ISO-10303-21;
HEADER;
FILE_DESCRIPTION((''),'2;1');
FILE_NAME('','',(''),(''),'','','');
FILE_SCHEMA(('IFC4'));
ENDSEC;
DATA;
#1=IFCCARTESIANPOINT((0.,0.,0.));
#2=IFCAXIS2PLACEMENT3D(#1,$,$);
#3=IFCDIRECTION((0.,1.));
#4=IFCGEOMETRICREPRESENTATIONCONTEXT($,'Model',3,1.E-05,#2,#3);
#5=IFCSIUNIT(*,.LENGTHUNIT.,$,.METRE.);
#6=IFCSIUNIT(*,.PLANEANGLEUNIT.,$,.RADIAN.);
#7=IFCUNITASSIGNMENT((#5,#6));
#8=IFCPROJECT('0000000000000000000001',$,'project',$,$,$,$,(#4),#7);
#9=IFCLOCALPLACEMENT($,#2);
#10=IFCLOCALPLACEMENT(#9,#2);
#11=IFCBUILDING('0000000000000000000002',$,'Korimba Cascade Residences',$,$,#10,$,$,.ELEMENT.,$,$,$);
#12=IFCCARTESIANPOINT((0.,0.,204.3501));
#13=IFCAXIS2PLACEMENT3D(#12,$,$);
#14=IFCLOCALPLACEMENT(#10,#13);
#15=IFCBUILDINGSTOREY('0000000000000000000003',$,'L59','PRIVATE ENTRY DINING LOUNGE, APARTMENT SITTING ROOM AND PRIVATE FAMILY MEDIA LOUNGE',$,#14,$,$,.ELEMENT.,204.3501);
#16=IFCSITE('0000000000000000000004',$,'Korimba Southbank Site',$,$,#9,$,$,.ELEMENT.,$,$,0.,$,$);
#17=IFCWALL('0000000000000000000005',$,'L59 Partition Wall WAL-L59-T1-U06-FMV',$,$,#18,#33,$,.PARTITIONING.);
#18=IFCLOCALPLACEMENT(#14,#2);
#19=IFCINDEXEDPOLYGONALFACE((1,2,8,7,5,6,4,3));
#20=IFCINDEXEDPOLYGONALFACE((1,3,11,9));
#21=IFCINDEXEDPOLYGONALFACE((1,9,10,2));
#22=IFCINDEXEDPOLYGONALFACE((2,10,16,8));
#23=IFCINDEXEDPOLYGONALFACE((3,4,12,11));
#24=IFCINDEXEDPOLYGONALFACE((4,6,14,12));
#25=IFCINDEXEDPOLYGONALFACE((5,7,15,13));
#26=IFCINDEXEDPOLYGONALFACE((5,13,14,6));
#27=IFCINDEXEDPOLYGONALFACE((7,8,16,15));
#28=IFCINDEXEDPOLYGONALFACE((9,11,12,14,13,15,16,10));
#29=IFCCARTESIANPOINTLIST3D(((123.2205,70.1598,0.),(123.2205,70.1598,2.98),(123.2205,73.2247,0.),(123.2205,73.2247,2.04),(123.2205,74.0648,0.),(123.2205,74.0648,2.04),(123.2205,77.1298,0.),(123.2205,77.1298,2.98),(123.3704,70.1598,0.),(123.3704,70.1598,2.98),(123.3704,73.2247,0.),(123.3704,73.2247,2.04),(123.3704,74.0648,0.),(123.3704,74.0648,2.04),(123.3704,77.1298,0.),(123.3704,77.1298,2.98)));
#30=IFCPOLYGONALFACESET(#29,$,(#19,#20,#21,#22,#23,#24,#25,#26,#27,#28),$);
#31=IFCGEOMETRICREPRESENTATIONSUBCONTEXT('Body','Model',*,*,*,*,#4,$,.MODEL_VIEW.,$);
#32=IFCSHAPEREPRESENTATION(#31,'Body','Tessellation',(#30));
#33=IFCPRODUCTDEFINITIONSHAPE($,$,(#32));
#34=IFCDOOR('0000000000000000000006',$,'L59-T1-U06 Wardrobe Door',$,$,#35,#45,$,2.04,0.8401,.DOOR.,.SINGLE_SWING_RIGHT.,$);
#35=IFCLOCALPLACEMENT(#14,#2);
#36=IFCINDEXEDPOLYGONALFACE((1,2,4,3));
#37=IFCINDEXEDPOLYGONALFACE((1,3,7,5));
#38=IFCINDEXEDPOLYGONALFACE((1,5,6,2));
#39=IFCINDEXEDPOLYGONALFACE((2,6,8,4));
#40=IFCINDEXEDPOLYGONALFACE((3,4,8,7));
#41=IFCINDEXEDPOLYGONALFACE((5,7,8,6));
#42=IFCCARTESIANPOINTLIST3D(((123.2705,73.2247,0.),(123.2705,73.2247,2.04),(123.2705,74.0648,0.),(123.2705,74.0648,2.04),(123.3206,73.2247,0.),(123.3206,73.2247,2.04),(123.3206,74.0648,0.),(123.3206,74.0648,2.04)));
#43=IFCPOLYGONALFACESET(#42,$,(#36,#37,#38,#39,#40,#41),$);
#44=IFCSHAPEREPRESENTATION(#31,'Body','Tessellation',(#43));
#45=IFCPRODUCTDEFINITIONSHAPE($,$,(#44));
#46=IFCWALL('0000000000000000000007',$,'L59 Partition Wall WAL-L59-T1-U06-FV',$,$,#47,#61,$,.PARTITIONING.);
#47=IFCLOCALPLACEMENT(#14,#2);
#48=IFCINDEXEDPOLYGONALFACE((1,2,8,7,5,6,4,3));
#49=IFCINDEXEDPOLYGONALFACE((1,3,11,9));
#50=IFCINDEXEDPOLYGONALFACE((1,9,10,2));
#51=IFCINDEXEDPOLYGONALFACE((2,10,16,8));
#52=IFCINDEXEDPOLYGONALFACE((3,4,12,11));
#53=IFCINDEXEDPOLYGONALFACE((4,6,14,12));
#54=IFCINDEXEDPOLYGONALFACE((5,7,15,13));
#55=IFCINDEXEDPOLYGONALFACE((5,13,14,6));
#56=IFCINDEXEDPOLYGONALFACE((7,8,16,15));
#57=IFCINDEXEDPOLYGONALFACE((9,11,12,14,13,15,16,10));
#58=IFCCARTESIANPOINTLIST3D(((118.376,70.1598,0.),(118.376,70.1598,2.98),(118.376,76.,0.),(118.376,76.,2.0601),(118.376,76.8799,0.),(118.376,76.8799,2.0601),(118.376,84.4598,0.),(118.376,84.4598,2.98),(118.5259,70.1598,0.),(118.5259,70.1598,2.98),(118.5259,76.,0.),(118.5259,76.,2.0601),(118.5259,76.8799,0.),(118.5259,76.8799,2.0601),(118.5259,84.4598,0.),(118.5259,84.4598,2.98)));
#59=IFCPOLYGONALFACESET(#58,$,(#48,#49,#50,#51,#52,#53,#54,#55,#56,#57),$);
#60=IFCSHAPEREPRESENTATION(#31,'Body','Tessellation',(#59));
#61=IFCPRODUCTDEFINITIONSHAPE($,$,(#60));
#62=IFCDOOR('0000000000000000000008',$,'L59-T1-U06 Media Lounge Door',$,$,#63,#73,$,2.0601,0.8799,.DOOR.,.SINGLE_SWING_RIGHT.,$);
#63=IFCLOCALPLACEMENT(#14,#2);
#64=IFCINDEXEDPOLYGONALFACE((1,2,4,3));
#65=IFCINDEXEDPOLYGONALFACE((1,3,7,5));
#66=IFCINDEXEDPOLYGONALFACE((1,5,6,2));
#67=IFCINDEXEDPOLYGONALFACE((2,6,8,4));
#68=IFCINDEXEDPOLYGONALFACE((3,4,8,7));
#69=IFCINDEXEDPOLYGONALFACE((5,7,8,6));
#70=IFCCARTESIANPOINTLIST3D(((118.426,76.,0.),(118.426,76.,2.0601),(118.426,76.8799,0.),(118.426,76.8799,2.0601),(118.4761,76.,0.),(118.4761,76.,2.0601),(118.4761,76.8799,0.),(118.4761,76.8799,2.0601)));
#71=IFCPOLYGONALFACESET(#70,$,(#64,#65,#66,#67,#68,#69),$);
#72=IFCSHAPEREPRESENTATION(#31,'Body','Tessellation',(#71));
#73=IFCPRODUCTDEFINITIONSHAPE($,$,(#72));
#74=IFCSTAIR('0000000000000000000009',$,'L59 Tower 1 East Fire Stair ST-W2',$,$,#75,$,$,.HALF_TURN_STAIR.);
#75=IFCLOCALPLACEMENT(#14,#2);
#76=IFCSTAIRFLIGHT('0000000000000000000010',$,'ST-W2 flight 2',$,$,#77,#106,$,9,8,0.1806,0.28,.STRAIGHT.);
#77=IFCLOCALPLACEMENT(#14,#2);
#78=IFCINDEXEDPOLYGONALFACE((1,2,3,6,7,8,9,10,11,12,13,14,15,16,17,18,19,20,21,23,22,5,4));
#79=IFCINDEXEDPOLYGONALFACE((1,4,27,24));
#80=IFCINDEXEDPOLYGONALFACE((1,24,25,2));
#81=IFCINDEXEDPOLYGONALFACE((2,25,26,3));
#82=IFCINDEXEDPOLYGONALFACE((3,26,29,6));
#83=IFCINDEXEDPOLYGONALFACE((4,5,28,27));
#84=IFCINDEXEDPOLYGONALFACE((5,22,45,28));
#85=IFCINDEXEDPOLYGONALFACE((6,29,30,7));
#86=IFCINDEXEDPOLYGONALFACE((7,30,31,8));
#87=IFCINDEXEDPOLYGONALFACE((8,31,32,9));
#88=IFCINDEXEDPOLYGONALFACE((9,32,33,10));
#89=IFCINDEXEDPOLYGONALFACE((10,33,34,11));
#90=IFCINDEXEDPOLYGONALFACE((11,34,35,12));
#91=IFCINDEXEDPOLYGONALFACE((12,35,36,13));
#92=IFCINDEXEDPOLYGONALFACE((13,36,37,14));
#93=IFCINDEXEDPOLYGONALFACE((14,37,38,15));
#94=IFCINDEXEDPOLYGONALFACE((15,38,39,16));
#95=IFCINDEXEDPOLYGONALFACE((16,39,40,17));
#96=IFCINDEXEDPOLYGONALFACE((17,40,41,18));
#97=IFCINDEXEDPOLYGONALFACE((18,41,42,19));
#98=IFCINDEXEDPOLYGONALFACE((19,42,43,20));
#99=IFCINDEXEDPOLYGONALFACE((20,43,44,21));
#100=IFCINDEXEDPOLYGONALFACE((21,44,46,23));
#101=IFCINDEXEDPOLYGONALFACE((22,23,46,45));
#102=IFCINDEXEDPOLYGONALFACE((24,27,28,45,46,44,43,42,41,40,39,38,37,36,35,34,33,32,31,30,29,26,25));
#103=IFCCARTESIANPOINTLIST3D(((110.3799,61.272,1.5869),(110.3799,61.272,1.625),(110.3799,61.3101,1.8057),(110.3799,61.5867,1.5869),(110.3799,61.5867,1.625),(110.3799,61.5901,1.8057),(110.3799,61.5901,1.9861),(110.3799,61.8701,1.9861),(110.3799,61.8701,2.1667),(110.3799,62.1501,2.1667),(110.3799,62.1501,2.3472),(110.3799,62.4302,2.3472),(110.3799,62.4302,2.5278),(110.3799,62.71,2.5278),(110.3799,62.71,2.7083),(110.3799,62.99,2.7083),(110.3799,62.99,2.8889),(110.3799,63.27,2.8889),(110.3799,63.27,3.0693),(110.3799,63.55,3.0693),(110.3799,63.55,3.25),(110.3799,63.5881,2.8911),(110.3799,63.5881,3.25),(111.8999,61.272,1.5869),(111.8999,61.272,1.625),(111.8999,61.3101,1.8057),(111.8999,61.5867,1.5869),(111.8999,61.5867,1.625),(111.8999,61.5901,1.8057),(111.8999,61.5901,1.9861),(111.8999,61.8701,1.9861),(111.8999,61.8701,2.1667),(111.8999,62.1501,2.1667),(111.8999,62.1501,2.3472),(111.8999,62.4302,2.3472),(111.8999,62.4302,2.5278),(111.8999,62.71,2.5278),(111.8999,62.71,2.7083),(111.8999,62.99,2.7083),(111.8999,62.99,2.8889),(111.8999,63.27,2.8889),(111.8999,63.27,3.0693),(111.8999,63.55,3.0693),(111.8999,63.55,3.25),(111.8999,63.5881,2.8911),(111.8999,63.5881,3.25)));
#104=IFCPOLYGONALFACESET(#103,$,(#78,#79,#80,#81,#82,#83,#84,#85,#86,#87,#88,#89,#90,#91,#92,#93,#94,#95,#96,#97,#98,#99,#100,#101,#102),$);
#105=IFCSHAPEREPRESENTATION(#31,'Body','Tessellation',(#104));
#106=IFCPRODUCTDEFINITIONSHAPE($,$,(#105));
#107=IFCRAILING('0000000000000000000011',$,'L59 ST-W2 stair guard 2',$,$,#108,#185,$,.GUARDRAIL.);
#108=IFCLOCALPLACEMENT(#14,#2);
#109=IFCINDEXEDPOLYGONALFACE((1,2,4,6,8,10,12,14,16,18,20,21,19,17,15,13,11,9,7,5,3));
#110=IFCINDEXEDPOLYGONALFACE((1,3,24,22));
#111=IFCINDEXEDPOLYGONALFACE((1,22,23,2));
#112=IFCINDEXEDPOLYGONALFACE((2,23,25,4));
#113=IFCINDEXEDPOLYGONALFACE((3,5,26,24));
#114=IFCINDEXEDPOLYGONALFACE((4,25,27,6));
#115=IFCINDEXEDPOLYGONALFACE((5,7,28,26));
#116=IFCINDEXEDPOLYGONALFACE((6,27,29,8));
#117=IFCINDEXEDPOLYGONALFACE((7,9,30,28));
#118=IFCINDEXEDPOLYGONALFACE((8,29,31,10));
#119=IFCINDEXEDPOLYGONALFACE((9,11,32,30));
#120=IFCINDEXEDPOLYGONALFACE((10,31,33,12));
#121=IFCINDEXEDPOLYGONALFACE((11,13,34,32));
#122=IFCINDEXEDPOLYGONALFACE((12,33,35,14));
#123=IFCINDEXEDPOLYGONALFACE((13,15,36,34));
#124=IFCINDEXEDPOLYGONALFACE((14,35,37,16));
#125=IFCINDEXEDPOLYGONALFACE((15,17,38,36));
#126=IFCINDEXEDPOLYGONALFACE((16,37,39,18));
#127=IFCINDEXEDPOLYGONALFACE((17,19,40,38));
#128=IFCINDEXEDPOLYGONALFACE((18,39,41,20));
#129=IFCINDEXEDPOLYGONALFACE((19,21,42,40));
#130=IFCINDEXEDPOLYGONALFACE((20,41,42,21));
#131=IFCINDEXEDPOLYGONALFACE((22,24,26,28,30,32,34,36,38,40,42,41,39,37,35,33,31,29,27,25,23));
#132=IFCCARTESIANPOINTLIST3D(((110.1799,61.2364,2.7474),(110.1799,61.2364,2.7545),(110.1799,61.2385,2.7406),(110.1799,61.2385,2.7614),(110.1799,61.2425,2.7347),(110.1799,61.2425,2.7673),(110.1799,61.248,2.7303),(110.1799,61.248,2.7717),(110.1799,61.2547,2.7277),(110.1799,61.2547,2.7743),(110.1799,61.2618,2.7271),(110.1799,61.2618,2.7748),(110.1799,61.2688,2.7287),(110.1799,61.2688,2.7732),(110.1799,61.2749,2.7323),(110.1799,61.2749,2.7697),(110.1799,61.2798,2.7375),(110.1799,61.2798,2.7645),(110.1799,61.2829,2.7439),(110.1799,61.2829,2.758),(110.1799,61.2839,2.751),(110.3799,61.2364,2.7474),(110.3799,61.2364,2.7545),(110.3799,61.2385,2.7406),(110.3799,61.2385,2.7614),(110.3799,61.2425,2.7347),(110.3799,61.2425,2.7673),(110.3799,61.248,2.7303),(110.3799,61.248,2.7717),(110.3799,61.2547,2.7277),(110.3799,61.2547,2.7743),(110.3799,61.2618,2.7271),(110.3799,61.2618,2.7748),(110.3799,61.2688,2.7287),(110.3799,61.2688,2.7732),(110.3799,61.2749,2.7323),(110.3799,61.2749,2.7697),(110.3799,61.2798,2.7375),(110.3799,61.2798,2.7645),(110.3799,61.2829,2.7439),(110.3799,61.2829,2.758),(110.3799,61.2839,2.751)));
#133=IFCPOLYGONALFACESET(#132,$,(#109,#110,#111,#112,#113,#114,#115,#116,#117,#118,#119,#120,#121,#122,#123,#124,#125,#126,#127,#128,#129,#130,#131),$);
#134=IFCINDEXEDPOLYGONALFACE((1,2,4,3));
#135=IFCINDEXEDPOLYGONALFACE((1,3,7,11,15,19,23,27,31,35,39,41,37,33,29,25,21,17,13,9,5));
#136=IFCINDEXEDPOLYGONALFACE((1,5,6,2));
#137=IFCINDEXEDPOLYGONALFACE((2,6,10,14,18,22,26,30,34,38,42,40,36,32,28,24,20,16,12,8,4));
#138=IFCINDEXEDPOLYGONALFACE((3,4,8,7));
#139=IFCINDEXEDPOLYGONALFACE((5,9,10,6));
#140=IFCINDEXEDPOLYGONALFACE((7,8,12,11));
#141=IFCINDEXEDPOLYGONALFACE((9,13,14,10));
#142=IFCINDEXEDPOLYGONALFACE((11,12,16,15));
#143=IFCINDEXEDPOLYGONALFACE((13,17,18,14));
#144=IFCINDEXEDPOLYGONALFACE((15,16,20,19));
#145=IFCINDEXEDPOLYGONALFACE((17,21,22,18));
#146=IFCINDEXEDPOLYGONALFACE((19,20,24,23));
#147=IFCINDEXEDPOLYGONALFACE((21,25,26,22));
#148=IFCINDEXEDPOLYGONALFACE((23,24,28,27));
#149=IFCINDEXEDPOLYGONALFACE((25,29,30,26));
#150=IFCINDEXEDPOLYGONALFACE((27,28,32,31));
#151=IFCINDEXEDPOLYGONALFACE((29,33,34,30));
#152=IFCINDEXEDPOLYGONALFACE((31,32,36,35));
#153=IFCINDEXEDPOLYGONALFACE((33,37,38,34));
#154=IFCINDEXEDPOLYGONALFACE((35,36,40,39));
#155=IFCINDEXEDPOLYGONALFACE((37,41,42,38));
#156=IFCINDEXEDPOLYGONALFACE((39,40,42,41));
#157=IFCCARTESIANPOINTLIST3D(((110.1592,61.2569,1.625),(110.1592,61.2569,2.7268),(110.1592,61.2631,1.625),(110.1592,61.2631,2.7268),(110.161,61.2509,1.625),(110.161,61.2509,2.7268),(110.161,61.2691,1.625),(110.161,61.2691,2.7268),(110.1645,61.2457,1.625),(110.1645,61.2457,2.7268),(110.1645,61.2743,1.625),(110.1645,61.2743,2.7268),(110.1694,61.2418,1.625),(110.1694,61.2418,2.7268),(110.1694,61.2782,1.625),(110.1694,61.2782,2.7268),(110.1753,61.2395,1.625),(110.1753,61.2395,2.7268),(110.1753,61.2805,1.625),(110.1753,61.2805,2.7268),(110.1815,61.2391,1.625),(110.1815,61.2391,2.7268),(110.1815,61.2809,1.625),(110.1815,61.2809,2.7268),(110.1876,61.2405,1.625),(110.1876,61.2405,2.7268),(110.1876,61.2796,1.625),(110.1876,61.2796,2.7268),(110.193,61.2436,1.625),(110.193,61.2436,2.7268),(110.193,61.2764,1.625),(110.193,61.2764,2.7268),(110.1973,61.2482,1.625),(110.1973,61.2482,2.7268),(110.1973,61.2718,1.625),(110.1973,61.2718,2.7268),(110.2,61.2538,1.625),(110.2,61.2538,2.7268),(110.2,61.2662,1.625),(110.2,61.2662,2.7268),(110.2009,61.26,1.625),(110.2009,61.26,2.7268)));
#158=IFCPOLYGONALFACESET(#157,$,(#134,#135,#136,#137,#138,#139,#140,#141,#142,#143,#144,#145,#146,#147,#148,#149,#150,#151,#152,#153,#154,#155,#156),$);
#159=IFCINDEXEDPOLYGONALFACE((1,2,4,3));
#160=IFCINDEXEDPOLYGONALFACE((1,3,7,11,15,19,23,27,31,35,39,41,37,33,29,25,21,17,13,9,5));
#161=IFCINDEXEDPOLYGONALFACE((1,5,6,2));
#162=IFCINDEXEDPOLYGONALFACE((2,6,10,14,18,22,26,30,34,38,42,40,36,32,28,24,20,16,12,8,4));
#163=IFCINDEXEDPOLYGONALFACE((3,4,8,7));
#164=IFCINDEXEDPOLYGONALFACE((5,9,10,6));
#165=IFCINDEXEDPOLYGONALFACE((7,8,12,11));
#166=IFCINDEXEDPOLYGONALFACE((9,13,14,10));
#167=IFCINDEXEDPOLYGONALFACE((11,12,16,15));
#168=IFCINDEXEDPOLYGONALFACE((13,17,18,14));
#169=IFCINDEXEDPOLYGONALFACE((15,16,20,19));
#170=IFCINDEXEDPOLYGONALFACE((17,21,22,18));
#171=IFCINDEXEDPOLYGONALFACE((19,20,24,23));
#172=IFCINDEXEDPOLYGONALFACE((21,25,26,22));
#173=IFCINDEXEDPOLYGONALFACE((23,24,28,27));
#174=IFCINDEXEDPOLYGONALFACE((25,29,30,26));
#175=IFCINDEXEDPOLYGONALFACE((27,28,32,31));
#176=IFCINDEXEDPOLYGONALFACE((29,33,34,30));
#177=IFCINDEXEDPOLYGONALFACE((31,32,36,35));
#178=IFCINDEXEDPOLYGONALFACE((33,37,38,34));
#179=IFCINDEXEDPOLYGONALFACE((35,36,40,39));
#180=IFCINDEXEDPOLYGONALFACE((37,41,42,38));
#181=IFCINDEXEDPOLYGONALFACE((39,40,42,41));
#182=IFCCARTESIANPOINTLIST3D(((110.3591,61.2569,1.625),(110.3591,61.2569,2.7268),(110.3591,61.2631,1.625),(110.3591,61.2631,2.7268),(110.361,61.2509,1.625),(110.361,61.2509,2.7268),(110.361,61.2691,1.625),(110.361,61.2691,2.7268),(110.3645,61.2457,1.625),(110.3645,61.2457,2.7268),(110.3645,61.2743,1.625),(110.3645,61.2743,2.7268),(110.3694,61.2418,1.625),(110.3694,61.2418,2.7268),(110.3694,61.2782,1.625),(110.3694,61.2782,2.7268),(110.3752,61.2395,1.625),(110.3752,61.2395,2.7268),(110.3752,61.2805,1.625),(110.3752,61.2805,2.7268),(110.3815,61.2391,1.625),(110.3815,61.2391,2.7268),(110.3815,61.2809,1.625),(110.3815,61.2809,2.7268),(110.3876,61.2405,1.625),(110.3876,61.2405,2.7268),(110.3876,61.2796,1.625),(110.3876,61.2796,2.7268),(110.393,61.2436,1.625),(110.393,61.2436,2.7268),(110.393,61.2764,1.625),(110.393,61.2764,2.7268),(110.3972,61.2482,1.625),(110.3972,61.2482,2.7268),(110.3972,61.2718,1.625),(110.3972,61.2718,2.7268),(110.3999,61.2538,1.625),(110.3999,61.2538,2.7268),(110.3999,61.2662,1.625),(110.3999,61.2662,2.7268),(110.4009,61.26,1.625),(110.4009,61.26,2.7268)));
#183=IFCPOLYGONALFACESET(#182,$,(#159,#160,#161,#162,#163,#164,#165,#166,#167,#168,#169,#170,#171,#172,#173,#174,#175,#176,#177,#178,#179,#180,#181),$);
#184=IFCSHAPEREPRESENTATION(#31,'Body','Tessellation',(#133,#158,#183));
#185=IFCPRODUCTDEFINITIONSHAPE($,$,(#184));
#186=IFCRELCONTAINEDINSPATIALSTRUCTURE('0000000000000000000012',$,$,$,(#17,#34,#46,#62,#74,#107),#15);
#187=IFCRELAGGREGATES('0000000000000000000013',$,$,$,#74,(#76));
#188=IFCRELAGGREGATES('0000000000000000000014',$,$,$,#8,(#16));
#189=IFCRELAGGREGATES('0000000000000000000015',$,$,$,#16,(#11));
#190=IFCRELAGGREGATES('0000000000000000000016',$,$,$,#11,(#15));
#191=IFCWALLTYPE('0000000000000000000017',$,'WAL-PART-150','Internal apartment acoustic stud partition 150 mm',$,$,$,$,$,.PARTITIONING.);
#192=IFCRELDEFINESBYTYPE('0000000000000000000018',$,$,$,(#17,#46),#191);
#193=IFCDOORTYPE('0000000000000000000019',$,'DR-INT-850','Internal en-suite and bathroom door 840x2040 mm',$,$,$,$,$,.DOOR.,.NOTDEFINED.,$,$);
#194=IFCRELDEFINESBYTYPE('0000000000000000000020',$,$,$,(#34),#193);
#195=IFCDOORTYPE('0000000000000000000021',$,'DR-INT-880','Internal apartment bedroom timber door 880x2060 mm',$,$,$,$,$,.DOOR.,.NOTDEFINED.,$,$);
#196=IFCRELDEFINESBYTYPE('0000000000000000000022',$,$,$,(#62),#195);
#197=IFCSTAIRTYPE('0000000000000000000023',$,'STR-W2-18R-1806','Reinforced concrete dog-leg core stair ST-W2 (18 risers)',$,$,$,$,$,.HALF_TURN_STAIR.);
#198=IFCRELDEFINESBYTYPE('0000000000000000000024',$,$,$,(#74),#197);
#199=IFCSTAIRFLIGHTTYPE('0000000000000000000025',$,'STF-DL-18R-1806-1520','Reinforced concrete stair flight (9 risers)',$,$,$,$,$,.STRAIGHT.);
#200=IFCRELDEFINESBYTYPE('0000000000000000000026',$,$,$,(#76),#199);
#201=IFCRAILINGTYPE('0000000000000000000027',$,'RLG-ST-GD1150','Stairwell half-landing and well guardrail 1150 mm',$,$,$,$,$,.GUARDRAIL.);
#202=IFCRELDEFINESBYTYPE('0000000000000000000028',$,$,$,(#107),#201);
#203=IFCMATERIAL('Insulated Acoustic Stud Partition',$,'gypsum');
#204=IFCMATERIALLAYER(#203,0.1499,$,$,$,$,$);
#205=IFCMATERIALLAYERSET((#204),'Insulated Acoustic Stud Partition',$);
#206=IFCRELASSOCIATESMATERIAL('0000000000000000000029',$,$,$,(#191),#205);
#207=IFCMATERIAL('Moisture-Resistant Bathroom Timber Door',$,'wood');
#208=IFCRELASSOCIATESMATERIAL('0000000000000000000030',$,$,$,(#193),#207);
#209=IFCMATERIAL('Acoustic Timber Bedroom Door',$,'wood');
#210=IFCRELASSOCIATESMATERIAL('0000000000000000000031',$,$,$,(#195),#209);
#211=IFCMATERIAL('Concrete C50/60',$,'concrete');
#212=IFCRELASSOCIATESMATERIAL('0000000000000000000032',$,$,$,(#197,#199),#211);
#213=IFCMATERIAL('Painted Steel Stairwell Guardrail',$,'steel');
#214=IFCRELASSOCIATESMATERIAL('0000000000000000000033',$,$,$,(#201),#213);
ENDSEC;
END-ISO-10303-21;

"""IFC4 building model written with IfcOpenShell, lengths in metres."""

from ifc_helpers import new_model, si_unit, direction, frame, frame_2d, origin, origin_2d, place, context, subcontext, project, spatial, polyline, rectangle, circle, outline, extrude, material, layer, layer_set, type_object, element, fill, aggregate, save


model = new_model("IFC4")

# Units and contexts
model_context = context("Model", 3, precision=1e-05, world=origin(), true_north=direction((0.0, 1.0)))
body_context = subcontext(model_context, "Body", "Model", "MODEL_VIEW")
ifc_project = project(units=[si_unit("LENGTHUNIT", "METRE"), si_unit("PLANEANGLEUNIT", "RADIAN")], contexts=[model_context])

# Site, building, storey
site_placement = place(None, origin())
site = spatial("IfcSite", under=ifc_project, at=site_placement, Name="Korimba Southbank Site", CompositionType="ELEMENT", RefElevation=0.0)
building_placement = place(site_placement, origin())
building = spatial("IfcBuilding", under=site, at=building_placement, Name="Korimba Cascade Residences", CompositionType="ELEMENT")
storey_placement = place(building_placement, frame((0.0, 0.0, 204.3501)))
storey = spatial("IfcBuildingStorey", under=building, at=storey_placement, Name="L59", Description="PRIVATE ENTRY DINING LOUNGE, APARTMENT SITTING ROOM AND PRIVATE FAMILY MEDIA LOUNGE", CompositionType="ELEMENT", Elevation=204.3501)

# Shared definitions
ifc_material_1 = material(Name="Insulated Acoustic Stud Partition", Category="gypsum")
ifc_layer_1 = layer(ifc_material_1, 0.1499)
ifc_layer_set_1 = layer_set([ifc_layer_1], Name="Insulated Acoustic Stud Partition")
wall_type_1 = type_object("IfcWallType", Name="WAL-PART-150", Description="Internal apartment acoustic stud partition 150 mm", PredefinedType="PARTITIONING", material=ifc_layer_set_1)
ifc_material_2 = material(Name="Moisture-Resistant Bathroom Timber Door", Category="wood")
door_type_1 = type_object("IfcDoorType", Name="DR-INT-850", Description="Internal en-suite and bathroom door 840x2040 mm", OperationType="NOTDEFINED", PredefinedType="DOOR", material=ifc_material_2)

# Shared definitions
ifc_material_3 = material(Name="Acoustic Timber Bedroom Door", Category="wood")
door_type_2 = type_object("IfcDoorType", Name="DR-INT-880", Description="Internal apartment bedroom timber door 880x2060 mm", OperationType="NOTDEFINED", PredefinedType="DOOR", material=ifc_material_3)

# Walls, openings, doors
wall_1_placement = place(storey_placement, frame((123.2954, 70.1599, 0.0), z_axis=(0.0, 0.0, 1.0), x_axis=(0.0, 1.0, 0.0)))
wall_1 = element("IfcWall", 1, at=wall_1_placement, inside=storey, type_object=wall_type_1, Name="L59 Partition Wall WAL-L59-T1-U06-FMV", PredefinedType="PARTITIONING", context=body_context, shape_type="SweptSolid", body=[
    extrude(rectangle(XDim=6.97, YDim=0.1499, at=frame_2d((3.4849, 0.0))), origin(), (0.0, 0.0, 1.0), 2.98),
])
opening_1_placement = place(wall_1_placement, frame((3.0649, 0.0, 0.0)))
opening_1 = element("IfcOpeningElement", 2, at=opening_1_placement, cuts=wall_1, PredefinedType="OPENING", context=body_context, shape_type="SweptSolid", body=[
    extrude(rectangle(XDim=0.8401, YDim=2.04, at=frame_2d((0.4199, 1.02))), frame((0.0, 0.085, 0.0), z_axis=(0.0, -1.0, 0.0), x_axis=(1.0, 0.0, 0.0)), (0.0, 0.0, 1.0), 0.1699),
])
door_1_placement = place(opening_1_placement, origin())
door_1 = element("IfcDoor", 3, at=door_1_placement, inside=storey, type_object=door_type_1, Name="L59-T1-U06 Wardrobe Door", OperationType="SINGLE_SWING_RIGHT", OverallHeight=2.04, OverallWidth=0.8401, PredefinedType="DOOR", context=body_context, shape_type="SweptSolid", body=[
    extrude(rectangle(XDim=0.8401, YDim=2.04, at=frame_2d((0.4199, 1.02))), frame((0.0, 0.0249, 0.0), z_axis=(0.0, -1.0, 0.0), x_axis=(1.0, 0.0, 0.0)), (0.0, 0.0, 1.0), 0.05),
])
fill(opening_1, door_1)
wall_2_placement = place(storey_placement, frame((118.4509, 70.1599, 0.0), z_axis=(0.0, 0.0, 1.0), x_axis=(0.0, 1.0, 0.0)))
wall_2 = element("IfcWall", 4, at=wall_2_placement, inside=storey, type_object=wall_type_1, Name="L59 Partition Wall WAL-L59-T1-U06-FV", PredefinedType="PARTITIONING", context=body_context, shape_type="SweptSolid", body=[
    extrude(rectangle(XDim=14.3, YDim=0.1499, at=frame_2d((7.1499, 0.0))), origin(), (0.0, 0.0, 1.0), 2.98),
])
opening_2_placement = place(wall_2_placement, frame((5.8401, 0.0, 0.0)))
opening_2 = element("IfcOpeningElement", 5, at=opening_2_placement, cuts=wall_2, PredefinedType="OPENING", context=body_context, shape_type="SweptSolid", body=[
    extrude(rectangle(XDim=0.8799, YDim=2.0601, at=frame_2d((0.4399, 1.03))), frame((0.0, 0.085, 0.0), z_axis=(0.0, -1.0, 0.0), x_axis=(1.0, 0.0, 0.0)), (0.0, 0.0, 1.0), 0.1699),
])
door_2_placement = place(opening_2_placement, origin())
door_2 = element("IfcDoor", 6, at=door_2_placement, inside=storey, type_object=door_type_2, Name="L59-T1-U06 Media Lounge Door", OperationType="SINGLE_SWING_RIGHT", OverallHeight=2.0601, OverallWidth=0.8799, PredefinedType="DOOR", context=body_context, shape_type="SweptSolid", body=[
    extrude(rectangle(XDim=0.8799, YDim=2.0601, at=frame_2d((0.4399, 1.03))), frame((0.0, 0.0249, 0.0), z_axis=(0.0, -1.0, 0.0), x_axis=(1.0, 0.0, 0.0)), (0.0, 0.0, 1.0), 0.05),
])
fill(opening_2, door_2)

# Stair, stair flight
ifc_material_4 = material(Name="Concrete C50/60", Category="concrete")
stair_type = type_object("IfcStairType", Name="STR-W2-18R-1806", Description="Reinforced concrete dog-leg core stair ST-W2 (18 risers)", PredefinedType="HALF_TURN_STAIR", material=ifc_material_4)
stair_placement = place(storey_placement, origin())
stair = element("IfcStair", 7, at=stair_placement, inside=storey, type_object=stair_type, Name="L59 Tower 1 East Fire Stair ST-W2", PredefinedType="HALF_TURN_STAIR")
stair_flight_type = type_object("IfcStairFlightType", Name="STF-DL-18R-1806-1520", Description="Reinforced concrete stair flight (9 risers)", PredefinedType="STRAIGHT", material=ifc_material_4)
stair_flight_placement = place(storey_placement, frame((111.1399, 61.3101, 1.625), z_axis=(0.0, 0.0, 1.0), x_axis=(0.0, 1.0, 0.0)))
stair_flight = element("IfcStairFlight", 8, at=stair_flight_placement, type_object=stair_flight_type, Name="ST-W2 flight 2", NumberOfRisers=9, NumberOfTreads=8, PredefinedType="STRAIGHT", RiserHeight=0.1806, TreadLength=0.28, context=body_context, shape_type="SweptSolid", body=[
    extrude(outline(polyline([(-0.0381, 0.0), (0.0, 0.1807), (0.28, 0.1807), (0.28, 0.3611), (0.5601, 0.3611), (0.5601, 0.5417), (0.8401, 0.5417), (0.8401, 0.7222), (1.1201, 0.7222), (1.1201, 0.9028), (1.3999, 0.9028), (1.3999, 1.0833), (1.6799, 1.0833), (1.6799, 1.2639), (1.96, 1.2639), (1.96, 1.4443), (2.24, 1.4443), (2.24, 1.625), (2.2781, 1.625), (2.2781, 1.2661), (0.2766, 0.0), (0.2766, -0.0381), (-0.0381, -0.0381), (-0.0381, 0.0)])), frame((0.0, 0.76, 0.0), z_axis=(0.0, -1.0, 0.0), x_axis=(1.0, 0.0, 0.0)), (0.0, 0.0, 1.0), 1.52),
])
aggregate(stair, [stair_flight])

# Railing
ifc_material_5 = material(Name="Painted Steel Stairwell Guardrail", Category="steel")
railing_type_1 = type_object("IfcRailingType", Name="RLG-ST-GD1150", Description="Stairwell half-landing and well guardrail 1150 mm", PredefinedType="GUARDRAIL", material=ifc_material_5)
railing_1_placement = place(storey_placement, frame((110.1799, 61.26, 1.625)))
element("IfcRailing", 9, at=railing_1_placement, inside=storey, type_object=railing_type_1, Name="L59 ST-W2 stair guard 2", PredefinedType="GUARDRAIL", context=body_context, shape_type="SweptSolid", body=[
    extrude(circle(Radius=0.0239, at=origin_2d()), frame((0.0, 0.0, 1.126), z_axis=(1.0, 0.0, 0.0), x_axis=(0.0, 1.0, 0.0)), (0.0, 0.0, 1.0), 0.2),
    extrude(circle(Radius=0.021, at=origin_2d()), origin(), (0.0, 0.0, 1.0), 1.1018),
    extrude(circle(Radius=0.021, at=origin_2d()), frame((0.2, 0.0, 0.0)), (0.0, 0.0, 1.0), 1.1018),
])

save(model, "model.ifc")
